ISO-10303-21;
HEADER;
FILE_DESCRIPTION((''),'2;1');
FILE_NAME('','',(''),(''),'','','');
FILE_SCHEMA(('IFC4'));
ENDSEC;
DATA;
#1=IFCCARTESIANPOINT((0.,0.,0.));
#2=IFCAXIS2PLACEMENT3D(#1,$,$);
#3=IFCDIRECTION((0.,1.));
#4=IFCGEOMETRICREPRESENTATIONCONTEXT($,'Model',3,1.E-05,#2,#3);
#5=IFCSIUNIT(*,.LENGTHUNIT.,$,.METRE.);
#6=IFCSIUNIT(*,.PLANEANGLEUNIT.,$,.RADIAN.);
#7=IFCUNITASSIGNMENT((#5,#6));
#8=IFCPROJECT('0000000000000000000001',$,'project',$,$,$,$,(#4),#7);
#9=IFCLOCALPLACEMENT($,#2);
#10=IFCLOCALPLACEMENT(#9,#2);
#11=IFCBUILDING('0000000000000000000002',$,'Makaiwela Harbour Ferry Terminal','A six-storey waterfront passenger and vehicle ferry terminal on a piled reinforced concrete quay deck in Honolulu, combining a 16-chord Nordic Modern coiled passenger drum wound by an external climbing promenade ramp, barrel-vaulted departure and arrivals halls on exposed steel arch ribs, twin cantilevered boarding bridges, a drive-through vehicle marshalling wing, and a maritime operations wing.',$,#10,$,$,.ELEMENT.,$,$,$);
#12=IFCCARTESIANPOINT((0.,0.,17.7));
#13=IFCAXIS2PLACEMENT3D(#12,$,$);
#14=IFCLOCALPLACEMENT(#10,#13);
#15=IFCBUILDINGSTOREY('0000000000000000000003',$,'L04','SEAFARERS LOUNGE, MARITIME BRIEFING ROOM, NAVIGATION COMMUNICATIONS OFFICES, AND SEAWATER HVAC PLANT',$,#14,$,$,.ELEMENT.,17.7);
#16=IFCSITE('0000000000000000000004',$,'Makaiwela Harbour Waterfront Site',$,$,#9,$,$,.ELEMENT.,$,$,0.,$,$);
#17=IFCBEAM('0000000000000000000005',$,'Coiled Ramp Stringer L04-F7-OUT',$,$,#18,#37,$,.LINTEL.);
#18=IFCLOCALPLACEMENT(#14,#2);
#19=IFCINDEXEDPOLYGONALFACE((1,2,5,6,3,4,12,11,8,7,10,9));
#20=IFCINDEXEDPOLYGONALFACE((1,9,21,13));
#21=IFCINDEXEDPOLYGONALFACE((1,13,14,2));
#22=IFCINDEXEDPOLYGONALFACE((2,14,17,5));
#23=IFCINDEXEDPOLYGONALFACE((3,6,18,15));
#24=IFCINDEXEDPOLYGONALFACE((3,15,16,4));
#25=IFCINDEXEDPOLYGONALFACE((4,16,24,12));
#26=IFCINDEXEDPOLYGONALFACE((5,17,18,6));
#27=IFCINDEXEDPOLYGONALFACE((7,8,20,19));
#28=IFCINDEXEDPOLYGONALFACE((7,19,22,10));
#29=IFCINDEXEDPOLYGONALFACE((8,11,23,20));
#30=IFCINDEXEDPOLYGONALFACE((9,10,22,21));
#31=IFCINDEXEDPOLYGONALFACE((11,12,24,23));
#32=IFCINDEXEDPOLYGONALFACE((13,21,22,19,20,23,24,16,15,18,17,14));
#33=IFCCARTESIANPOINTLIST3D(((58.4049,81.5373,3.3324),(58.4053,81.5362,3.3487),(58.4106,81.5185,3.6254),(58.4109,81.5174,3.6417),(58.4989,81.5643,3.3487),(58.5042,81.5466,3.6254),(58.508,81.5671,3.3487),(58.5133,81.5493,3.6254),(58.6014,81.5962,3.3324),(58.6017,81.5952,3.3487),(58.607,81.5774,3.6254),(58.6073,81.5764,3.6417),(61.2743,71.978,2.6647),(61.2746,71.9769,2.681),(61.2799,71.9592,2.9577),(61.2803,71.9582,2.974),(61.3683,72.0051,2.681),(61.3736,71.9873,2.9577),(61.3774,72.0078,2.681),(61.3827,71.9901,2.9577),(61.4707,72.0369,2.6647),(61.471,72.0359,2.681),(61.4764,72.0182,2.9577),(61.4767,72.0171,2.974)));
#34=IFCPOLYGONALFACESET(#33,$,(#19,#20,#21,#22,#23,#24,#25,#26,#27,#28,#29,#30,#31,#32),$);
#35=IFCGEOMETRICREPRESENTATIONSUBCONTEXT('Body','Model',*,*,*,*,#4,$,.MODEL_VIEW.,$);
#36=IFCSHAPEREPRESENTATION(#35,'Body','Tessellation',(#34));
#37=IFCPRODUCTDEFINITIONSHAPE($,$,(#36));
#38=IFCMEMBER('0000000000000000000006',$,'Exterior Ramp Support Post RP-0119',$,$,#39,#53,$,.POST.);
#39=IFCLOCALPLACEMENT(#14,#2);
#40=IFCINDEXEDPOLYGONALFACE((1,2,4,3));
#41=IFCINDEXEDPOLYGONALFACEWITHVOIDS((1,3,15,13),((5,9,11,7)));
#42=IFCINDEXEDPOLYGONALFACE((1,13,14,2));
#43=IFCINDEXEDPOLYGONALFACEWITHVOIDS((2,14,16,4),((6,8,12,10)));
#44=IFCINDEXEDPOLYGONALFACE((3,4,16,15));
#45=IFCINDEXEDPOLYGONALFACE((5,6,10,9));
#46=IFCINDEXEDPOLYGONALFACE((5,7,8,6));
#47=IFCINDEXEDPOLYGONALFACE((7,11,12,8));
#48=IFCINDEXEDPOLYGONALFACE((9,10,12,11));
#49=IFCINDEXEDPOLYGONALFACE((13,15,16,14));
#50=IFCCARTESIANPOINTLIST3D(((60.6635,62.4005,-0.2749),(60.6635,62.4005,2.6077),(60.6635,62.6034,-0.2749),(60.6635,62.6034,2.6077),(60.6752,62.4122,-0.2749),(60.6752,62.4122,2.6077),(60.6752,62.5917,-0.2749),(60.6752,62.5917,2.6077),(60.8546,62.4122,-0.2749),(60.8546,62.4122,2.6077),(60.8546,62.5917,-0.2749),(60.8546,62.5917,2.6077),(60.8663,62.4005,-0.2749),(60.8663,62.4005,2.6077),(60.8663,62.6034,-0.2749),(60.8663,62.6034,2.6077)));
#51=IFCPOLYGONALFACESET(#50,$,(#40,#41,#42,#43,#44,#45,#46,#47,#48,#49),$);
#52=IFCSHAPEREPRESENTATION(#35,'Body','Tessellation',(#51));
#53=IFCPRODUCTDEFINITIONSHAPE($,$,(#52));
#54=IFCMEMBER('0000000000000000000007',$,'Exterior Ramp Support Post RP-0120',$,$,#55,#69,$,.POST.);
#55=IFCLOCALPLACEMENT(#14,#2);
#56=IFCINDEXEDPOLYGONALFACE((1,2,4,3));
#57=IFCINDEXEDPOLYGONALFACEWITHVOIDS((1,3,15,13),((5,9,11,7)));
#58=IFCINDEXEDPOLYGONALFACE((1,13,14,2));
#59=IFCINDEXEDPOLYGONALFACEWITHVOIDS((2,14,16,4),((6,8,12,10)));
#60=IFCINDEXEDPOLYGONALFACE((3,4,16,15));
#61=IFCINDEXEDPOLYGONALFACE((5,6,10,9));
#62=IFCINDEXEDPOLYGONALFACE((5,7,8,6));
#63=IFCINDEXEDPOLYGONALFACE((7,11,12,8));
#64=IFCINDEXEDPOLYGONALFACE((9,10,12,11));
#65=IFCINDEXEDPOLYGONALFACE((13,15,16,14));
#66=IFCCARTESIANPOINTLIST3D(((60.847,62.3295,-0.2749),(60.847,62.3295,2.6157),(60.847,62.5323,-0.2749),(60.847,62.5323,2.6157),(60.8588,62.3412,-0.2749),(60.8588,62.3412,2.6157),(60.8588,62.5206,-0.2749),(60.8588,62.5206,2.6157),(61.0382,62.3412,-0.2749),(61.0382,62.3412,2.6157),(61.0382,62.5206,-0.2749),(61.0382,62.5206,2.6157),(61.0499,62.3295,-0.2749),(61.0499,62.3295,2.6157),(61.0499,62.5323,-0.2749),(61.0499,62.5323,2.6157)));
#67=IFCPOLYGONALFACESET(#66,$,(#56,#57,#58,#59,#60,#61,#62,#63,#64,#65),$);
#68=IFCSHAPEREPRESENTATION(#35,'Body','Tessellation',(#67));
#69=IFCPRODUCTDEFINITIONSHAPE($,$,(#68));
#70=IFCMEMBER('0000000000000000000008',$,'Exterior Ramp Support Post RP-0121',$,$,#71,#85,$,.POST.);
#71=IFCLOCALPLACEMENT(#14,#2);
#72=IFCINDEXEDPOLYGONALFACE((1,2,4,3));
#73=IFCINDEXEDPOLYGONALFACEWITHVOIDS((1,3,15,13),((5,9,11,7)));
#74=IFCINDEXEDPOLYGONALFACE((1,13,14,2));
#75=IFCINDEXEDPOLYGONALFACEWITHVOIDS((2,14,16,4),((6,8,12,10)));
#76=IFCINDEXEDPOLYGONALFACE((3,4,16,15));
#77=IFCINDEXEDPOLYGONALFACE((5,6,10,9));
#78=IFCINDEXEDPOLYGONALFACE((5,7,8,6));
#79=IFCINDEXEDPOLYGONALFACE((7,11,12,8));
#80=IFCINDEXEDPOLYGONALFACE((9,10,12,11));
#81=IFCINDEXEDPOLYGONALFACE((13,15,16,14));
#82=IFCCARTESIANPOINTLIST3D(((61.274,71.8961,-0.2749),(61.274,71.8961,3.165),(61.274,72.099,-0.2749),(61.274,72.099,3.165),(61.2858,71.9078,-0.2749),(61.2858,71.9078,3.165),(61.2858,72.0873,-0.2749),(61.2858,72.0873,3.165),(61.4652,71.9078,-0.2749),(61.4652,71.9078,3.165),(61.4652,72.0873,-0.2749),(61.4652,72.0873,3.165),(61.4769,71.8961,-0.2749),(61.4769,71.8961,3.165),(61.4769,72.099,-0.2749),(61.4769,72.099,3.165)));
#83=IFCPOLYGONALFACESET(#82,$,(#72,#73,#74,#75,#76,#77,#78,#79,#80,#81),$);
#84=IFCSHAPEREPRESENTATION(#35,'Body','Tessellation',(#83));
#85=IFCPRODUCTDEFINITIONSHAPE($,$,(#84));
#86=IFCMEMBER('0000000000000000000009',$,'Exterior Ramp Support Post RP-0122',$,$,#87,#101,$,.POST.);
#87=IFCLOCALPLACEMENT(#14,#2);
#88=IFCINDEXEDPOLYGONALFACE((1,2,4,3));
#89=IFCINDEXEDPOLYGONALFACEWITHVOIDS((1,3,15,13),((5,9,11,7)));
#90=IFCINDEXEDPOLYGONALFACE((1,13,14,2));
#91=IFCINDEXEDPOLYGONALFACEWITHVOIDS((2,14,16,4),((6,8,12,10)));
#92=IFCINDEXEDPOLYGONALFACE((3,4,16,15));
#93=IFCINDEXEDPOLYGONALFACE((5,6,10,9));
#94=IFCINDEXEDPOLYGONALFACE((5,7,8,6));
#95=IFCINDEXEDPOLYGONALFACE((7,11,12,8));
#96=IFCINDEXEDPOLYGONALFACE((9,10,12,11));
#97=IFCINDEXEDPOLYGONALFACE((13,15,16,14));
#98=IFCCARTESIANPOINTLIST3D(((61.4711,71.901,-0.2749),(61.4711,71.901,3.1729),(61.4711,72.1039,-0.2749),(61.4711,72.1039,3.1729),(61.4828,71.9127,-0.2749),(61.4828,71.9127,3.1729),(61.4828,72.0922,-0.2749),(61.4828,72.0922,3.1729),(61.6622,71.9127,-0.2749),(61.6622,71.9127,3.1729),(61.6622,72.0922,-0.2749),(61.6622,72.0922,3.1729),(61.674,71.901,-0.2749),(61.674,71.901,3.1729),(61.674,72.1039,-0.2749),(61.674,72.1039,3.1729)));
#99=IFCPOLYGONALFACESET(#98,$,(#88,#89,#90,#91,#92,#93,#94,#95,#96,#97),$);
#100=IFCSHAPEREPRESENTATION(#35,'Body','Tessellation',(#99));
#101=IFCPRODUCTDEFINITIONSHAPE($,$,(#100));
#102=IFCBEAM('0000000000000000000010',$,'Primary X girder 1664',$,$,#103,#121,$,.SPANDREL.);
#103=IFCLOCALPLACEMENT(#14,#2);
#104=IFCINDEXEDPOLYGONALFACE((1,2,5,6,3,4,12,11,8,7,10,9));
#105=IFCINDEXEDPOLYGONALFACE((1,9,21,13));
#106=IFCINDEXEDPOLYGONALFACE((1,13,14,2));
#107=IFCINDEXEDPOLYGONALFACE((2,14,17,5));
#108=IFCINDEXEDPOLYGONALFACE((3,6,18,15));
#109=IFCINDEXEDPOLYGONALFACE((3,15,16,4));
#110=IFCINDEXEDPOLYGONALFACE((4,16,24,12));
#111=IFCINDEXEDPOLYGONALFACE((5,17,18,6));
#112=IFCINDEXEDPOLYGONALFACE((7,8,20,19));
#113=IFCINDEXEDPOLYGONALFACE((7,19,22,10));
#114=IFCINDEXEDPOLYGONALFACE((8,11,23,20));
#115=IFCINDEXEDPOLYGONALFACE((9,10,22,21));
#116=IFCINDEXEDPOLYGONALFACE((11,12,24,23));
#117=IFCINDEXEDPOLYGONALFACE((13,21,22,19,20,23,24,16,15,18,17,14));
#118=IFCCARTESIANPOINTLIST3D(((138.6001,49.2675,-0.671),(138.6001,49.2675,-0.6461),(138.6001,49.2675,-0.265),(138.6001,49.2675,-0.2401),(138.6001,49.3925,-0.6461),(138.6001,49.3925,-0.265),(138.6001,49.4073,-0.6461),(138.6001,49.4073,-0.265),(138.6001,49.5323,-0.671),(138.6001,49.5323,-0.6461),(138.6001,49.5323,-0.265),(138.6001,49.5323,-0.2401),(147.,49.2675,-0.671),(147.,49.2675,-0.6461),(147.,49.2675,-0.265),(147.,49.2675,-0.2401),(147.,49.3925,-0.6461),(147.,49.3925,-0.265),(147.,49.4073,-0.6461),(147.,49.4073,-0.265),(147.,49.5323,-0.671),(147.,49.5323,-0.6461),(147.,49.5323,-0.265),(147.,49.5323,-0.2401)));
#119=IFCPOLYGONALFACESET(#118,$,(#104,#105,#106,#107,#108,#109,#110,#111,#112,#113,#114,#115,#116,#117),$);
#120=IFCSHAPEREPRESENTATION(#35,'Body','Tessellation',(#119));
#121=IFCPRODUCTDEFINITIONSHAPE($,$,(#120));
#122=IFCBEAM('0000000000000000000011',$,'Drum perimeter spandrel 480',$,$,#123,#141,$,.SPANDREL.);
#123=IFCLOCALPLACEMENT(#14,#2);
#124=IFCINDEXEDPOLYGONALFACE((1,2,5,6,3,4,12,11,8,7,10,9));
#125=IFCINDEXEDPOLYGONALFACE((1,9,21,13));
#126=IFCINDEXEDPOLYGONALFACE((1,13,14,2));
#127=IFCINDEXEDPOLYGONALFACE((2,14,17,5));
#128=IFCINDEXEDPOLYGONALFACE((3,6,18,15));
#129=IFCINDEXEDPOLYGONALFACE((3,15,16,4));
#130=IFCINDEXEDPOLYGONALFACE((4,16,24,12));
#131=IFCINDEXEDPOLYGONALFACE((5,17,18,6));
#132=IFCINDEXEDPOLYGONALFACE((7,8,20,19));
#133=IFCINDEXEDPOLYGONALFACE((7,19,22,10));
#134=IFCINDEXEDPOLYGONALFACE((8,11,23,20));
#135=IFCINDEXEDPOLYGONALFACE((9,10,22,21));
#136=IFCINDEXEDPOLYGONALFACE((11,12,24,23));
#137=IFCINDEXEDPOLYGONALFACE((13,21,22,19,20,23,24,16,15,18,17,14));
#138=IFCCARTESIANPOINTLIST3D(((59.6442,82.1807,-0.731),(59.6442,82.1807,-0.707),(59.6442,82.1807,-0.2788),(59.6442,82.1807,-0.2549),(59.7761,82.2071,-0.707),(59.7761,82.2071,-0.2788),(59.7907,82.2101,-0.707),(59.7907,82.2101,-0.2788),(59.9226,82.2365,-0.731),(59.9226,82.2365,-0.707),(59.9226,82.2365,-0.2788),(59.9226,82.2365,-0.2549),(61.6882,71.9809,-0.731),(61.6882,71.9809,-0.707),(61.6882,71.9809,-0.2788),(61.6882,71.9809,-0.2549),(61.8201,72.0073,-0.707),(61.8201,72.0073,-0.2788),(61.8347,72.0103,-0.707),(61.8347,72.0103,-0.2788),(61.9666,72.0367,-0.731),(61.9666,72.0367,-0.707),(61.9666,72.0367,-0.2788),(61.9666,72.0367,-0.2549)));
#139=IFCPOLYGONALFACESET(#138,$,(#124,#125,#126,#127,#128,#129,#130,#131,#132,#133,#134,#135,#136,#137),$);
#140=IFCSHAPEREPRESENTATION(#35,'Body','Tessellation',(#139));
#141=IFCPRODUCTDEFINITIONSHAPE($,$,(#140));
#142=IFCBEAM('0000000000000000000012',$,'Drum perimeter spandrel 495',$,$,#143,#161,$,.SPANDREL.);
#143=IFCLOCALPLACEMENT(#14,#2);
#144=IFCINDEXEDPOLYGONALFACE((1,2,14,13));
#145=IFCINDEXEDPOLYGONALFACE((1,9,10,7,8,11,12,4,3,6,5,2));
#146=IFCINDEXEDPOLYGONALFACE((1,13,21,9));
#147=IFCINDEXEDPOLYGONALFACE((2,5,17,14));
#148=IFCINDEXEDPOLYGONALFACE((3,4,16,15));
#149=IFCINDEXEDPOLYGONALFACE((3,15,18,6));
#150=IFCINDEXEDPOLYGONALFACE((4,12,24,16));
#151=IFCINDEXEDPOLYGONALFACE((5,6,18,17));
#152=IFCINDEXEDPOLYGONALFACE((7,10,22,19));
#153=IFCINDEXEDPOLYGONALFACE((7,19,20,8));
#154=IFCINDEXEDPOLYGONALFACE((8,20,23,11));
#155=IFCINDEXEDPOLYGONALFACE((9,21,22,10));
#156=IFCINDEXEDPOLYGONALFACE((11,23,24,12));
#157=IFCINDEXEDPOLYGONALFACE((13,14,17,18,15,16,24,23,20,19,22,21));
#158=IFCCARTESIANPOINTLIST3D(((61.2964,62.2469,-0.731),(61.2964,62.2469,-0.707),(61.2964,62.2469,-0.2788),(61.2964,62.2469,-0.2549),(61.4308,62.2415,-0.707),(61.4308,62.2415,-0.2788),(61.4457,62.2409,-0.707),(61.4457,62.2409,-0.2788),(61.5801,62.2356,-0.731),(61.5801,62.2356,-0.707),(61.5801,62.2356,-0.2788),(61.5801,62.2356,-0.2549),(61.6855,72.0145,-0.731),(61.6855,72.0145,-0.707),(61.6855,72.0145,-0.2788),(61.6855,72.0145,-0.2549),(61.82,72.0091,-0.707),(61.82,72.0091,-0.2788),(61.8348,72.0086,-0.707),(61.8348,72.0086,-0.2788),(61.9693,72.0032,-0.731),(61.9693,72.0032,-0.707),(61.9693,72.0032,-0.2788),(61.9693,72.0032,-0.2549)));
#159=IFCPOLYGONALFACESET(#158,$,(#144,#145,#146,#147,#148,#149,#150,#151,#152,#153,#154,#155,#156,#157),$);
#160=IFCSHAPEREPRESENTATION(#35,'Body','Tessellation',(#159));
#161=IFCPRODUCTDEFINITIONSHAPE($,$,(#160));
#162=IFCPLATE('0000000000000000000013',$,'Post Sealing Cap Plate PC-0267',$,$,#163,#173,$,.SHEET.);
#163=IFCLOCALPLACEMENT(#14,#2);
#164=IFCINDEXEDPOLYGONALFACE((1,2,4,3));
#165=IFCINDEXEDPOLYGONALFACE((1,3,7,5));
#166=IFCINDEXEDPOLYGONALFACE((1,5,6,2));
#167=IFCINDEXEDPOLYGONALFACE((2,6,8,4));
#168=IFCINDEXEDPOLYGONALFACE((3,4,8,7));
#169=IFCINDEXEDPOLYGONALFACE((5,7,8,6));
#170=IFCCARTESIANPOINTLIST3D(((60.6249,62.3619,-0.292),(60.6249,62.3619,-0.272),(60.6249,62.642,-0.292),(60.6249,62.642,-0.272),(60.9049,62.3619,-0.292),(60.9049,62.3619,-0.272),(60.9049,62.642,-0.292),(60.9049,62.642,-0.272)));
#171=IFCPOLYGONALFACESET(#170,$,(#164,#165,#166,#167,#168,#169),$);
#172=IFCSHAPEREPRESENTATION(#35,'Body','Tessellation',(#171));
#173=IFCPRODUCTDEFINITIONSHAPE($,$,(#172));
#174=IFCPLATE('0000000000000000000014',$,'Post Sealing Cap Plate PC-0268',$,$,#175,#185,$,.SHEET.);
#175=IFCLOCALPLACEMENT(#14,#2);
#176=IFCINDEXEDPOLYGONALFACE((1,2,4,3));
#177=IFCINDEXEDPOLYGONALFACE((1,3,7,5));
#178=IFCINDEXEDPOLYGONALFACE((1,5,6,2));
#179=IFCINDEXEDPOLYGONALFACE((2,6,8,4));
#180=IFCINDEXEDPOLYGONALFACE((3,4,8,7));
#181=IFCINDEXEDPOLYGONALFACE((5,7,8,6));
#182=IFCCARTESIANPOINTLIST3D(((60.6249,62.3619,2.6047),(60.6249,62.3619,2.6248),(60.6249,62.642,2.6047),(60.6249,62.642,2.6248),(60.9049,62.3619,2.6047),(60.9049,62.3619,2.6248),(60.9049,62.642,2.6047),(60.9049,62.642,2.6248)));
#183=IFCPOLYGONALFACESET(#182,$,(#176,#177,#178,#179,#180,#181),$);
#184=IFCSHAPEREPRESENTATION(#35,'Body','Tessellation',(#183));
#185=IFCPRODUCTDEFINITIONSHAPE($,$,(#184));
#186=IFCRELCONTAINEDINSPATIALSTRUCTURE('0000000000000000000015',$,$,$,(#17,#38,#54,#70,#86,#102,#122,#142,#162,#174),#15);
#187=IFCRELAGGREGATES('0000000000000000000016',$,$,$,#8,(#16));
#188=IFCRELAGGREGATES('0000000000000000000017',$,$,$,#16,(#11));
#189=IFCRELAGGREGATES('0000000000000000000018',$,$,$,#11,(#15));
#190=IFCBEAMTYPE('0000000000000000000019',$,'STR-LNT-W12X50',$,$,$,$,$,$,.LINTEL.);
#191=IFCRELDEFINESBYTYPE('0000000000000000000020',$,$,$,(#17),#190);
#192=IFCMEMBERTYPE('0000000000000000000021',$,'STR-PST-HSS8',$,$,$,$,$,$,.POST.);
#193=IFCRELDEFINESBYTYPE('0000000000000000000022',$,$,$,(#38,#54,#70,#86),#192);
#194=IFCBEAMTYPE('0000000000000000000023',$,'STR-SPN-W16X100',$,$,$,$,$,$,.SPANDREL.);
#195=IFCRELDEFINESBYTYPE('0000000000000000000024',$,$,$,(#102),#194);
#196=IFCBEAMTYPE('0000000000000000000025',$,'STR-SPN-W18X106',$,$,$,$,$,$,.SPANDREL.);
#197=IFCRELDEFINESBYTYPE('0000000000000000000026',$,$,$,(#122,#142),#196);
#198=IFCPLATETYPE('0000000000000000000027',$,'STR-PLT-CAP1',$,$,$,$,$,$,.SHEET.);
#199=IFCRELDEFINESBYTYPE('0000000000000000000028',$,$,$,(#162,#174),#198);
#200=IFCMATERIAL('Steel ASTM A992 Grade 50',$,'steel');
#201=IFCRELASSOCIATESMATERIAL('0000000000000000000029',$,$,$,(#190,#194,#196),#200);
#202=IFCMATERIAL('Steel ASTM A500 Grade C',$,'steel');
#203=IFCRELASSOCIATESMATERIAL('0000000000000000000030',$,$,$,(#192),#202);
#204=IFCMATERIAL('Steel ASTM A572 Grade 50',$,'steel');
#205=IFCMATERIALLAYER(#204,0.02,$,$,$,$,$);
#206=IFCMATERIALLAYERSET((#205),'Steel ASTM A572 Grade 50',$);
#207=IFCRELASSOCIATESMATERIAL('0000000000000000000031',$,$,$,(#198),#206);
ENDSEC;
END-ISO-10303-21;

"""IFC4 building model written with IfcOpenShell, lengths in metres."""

from ifc_helpers import new_model, si_unit, direction, frame, origin, origin_2d, place, context, subcontext, project, spatial, rectangle, hollow_rectangle, i_section, extrude, material, layer, layer_set, material_profile, profile_set, type_object, element, save


model = new_model("IFC4")

# Units and contexts
model_context = context("Model", 3, precision=1e-05, world=origin(), true_north=direction((0.0, 1.0)))
body_context = subcontext(model_context, "Body", "Model", "MODEL_VIEW")
ifc_project = project(units=[si_unit("LENGTHUNIT", "METRE"), si_unit("PLANEANGLEUNIT", "RADIAN")], contexts=[model_context])

# Site, building, storey
site_placement = place(None, origin())
site = spatial("IfcSite", under=ifc_project, at=site_placement, Name="Makaiwela Harbour Waterfront Site", CompositionType="ELEMENT", RefElevation=0.0)
building_placement = place(site_placement, origin())
building = spatial("IfcBuilding", under=site, at=building_placement, Name="Makaiwela Harbour Ferry Terminal", Description="A six-storey waterfront passenger and vehicle ferry terminal on a piled reinforced concrete quay deck in Honolulu, combining a 16-chord Nordic Modern coiled passenger drum wound by an external climbing promenade ramp, barrel-vaulted departure and arrivals halls on exposed steel arch ribs, twin cantilevered boarding bridges, a drive-through vehicle marshalling wing, and a maritime operations wing.", CompositionType="ELEMENT")
storey_placement = place(building_placement, frame((0.0, 0.0, 17.7)))
storey = spatial("IfcBuildingStorey", under=building, at=storey_placement, Name="L04", Description="SEAFARERS LOUNGE, MARITIME BRIEFING ROOM, NAVIGATION COMMUNICATIONS OFFICES, AND SEAWATER HVAC PLANT", CompositionType="ELEMENT", Elevation=17.7)

# Beam
ifc_material_1 = material(Name="Steel ASTM A992 Grade 50", Category="steel")
ifc_material_profile_1 = material_profile(ifc_material_1, i_section(OverallWidth=0.2051, OverallDepth=0.3101, WebThickness=0.0095, FlangeThickness=0.0164, at=origin_2d()), Name="W12X50")
ifc_profile_set_1 = profile_set([ifc_material_profile_1], Name="Steel ASTM A992 Grade 50")
beam_type_1 = type_object("IfcBeamType", Name="STR-LNT-W12X50", PredefinedType="LINTEL", material=ifc_profile_set_1)
beam_1_placement = place(storey_placement, frame((61.3755, 71.9976, 2.8193), z_axis=(-0.286853, 0.955646, 0.066752), x_axis=(-0.957783, -0.287494, 0.0)))
element("IfcBeam", 1, at=beam_1_placement, inside=storey, type_object=beam_type_1, Name="Coiled Ramp Stringer L04-F7-OUT", PredefinedType="LINTEL", context=body_context, shape_type="SweptSolid", body=[
    extrude(i_section(OverallWidth=0.2051, OverallDepth=0.3101, WebThickness=0.0095, FlangeThickness=0.0164, at=origin_2d()), origin(), (0.0, 0.0, 1.0), 10.0029),
])

# Members
ifc_material_2 = material(Name="Steel ASTM A500 Grade C", Category="steel")
ifc_material_profile_2 = material_profile(ifc_material_2, hollow_rectangle(XDim=0.2029, YDim=0.2029, WallThickness=0.0117, at=origin_2d()), Name="HSS8X8X1/2")
ifc_profile_set_2 = profile_set([ifc_material_profile_2], Name="Steel ASTM A500 Grade C")
member_type = type_object("IfcMemberType", Name="STR-PST-HSS8", PredefinedType="POST", material=ifc_profile_set_2)
member_1_placement = place(storey_placement, frame((60.7649, 62.502, -0.2749), z_axis=(0.0, 0.0, 1.0), x_axis=(1.0, 0.0, 0.0)))
element("IfcMember", 2, at=member_1_placement, inside=storey, type_object=member_type, Name="Exterior Ramp Support Post RP-0119", PredefinedType="POST", context=body_context, shape_type="SweptSolid", body=[
    extrude(hollow_rectangle(XDim=0.2029, YDim=0.2029, WallThickness=0.0117, at=origin_2d()), origin(), (0.0, 0.0, 1.0), 2.8826),
])
member_2_placement = place(storey_placement, frame((60.9485, 62.4309, -0.2749), z_axis=(0.0, 0.0, 1.0), x_axis=(1.0, 0.0, 0.0)))
element("IfcMember", 3, at=member_2_placement, inside=storey, type_object=member_type, Name="Exterior Ramp Support Post RP-0120", PredefinedType="POST", context=body_context, shape_type="SweptSolid", body=[
    extrude(hollow_rectangle(XDim=0.2029, YDim=0.2029, WallThickness=0.0117, at=origin_2d()), origin(), (0.0, 0.0, 1.0), 2.8906),
])
member_3_placement = place(storey_placement, frame((61.3755, 71.9976, -0.2749), z_axis=(0.0, 0.0, 1.0), x_axis=(1.0, 0.0, 0.0)))
element("IfcMember", 4, at=member_3_placement, inside=storey, type_object=member_type, Name="Exterior Ramp Support Post RP-0121", PredefinedType="POST", context=body_context, shape_type="SweptSolid", body=[
    extrude(hollow_rectangle(XDim=0.2029, YDim=0.2029, WallThickness=0.0117, at=origin_2d()), origin(), (0.0, 0.0, 1.0), 3.4399),
])
member_4_placement = place(storey_placement, frame((61.5725, 72.0024, -0.2749), z_axis=(0.0, 0.0, 1.0), x_axis=(1.0, 0.0, 0.0)))
element("IfcMember", 5, at=member_4_placement, inside=storey, type_object=member_type, Name="Exterior Ramp Support Post RP-0122", PredefinedType="POST", context=body_context, shape_type="SweptSolid", body=[
    extrude(hollow_rectangle(XDim=0.2029, YDim=0.2029, WallThickness=0.0117, at=origin_2d()), origin(), (0.0, 0.0, 1.0), 3.4478),
])

# Beams
ifc_material_profile_3 = material_profile(ifc_material_1, i_section(OverallWidth=0.2649, OverallDepth=0.4309, WebThickness=0.0149, FlangeThickness=0.0249, at=origin_2d()), Name="W16X100")
ifc_profile_set_3 = profile_set([ifc_material_profile_3], Name="Steel ASTM A992 Grade 50")
beam_type_2 = type_object("IfcBeamType", Name="STR-SPN-W16X100", PredefinedType="SPANDREL", material=ifc_profile_set_3)
beam_2_placement = place(storey_placement, frame((138.6001, 49.3999, -0.4556), z_axis=(1.0, 0.0, 0.0), x_axis=(0.0, 1.0, 0.0)))
element("IfcBeam", 6, at=beam_2_placement, inside=storey, type_object=beam_type_2, Name="Primary X girder 1664", PredefinedType="SPANDREL", context=body_context, shape_type="SweptSolid", body=[
    extrude(i_section(OverallWidth=0.2649, OverallDepth=0.4309, WebThickness=0.0149, FlangeThickness=0.0249, at=origin_2d()), origin(), (0.0, 0.0, 1.0), 8.3999),
])
ifc_material_profile_4 = material_profile(ifc_material_1, i_section(OverallWidth=0.2839, OverallDepth=0.4761, WebThickness=0.0149, FlangeThickness=0.0239, at=origin_2d()), Name="W18X106")
ifc_profile_set_4 = profile_set([ifc_material_profile_4], Name="Steel ASTM A992 Grade 50")
beam_type_3 = type_object("IfcBeamType", Name="STR-SPN-W18X106", PredefinedType="SPANDREL", material=ifc_profile_set_4)
beam_3_placement = place(storey_placement, frame((61.8274, 72.0088, -0.4929), z_axis=(-0.196486, 0.980507, 0.0), x_axis=(-0.980507, -0.196486, 0.0)))
element("IfcBeam", 7, at=beam_3_placement, inside=storey, type_object=beam_type_3, Name="Drum perimeter spandrel 480", PredefinedType="SPANDREL", context=body_context, shape_type="SweptSolid", body=[
    extrude(i_section(OverallWidth=0.2839, OverallDepth=0.4761, WebThickness=0.0149, FlangeThickness=0.0239, at=origin_2d()), origin(), (0.0, 0.0, 1.0), 10.4026),
])
beam_4_placement = place(storey_placement, frame((61.4382, 62.2412, -0.4929), z_axis=(0.03981, 0.999207, 0.0), x_axis=(-0.999207, 0.03981, 0.0)))
element("IfcBeam", 8, at=beam_4_placement, inside=storey, type_object=beam_type_3, Name="Drum perimeter spandrel 495", PredefinedType="SPANDREL", context=body_context, shape_type="SweptSolid", body=[
    extrude(i_section(OverallWidth=0.2839, OverallDepth=0.4761, WebThickness=0.0149, FlangeThickness=0.0239, at=origin_2d()), origin(), (0.0, 0.0, 1.0), 9.7754),
])

# Plates
ifc_material_3 = material(Name="Steel ASTM A572 Grade 50", Category="steel")
ifc_layer_1 = layer(ifc_material_3, 0.02)
ifc_layer_set_1 = layer_set([ifc_layer_1], Name="Steel ASTM A572 Grade 50")
plate_type = type_object("IfcPlateType", Name="STR-PLT-CAP1", PredefinedType="SHEET", material=ifc_layer_set_1)
for number, where, z_axis, x_axis, name in (
    (9, (60.7649, 62.502, -0.292), (0.0, 0.0, 1.0), (1.0, 0.0, 0.0), "Post Sealing Cap Plate PC-0267"),
    (10, (60.7649, 62.502, 2.6047), (0.0, 0.0, 1.0), (1.0, 0.0, 0.0), "Post Sealing Cap Plate PC-0268"),
):
    element("IfcPlate", number, at=place(storey_placement, frame(where, z_axis=z_axis, x_axis=x_axis)), inside=storey, type_object=plate_type, Name=name, PredefinedType="SHEET", context=body_context, shape_type="SweptSolid", body=[
        extrude(rectangle(XDim=0.28, YDim=0.28, at=origin_2d()), origin(), (0.0, 0.0, 1.0), 0.02),
    ])

save(model, "model.ifc")
